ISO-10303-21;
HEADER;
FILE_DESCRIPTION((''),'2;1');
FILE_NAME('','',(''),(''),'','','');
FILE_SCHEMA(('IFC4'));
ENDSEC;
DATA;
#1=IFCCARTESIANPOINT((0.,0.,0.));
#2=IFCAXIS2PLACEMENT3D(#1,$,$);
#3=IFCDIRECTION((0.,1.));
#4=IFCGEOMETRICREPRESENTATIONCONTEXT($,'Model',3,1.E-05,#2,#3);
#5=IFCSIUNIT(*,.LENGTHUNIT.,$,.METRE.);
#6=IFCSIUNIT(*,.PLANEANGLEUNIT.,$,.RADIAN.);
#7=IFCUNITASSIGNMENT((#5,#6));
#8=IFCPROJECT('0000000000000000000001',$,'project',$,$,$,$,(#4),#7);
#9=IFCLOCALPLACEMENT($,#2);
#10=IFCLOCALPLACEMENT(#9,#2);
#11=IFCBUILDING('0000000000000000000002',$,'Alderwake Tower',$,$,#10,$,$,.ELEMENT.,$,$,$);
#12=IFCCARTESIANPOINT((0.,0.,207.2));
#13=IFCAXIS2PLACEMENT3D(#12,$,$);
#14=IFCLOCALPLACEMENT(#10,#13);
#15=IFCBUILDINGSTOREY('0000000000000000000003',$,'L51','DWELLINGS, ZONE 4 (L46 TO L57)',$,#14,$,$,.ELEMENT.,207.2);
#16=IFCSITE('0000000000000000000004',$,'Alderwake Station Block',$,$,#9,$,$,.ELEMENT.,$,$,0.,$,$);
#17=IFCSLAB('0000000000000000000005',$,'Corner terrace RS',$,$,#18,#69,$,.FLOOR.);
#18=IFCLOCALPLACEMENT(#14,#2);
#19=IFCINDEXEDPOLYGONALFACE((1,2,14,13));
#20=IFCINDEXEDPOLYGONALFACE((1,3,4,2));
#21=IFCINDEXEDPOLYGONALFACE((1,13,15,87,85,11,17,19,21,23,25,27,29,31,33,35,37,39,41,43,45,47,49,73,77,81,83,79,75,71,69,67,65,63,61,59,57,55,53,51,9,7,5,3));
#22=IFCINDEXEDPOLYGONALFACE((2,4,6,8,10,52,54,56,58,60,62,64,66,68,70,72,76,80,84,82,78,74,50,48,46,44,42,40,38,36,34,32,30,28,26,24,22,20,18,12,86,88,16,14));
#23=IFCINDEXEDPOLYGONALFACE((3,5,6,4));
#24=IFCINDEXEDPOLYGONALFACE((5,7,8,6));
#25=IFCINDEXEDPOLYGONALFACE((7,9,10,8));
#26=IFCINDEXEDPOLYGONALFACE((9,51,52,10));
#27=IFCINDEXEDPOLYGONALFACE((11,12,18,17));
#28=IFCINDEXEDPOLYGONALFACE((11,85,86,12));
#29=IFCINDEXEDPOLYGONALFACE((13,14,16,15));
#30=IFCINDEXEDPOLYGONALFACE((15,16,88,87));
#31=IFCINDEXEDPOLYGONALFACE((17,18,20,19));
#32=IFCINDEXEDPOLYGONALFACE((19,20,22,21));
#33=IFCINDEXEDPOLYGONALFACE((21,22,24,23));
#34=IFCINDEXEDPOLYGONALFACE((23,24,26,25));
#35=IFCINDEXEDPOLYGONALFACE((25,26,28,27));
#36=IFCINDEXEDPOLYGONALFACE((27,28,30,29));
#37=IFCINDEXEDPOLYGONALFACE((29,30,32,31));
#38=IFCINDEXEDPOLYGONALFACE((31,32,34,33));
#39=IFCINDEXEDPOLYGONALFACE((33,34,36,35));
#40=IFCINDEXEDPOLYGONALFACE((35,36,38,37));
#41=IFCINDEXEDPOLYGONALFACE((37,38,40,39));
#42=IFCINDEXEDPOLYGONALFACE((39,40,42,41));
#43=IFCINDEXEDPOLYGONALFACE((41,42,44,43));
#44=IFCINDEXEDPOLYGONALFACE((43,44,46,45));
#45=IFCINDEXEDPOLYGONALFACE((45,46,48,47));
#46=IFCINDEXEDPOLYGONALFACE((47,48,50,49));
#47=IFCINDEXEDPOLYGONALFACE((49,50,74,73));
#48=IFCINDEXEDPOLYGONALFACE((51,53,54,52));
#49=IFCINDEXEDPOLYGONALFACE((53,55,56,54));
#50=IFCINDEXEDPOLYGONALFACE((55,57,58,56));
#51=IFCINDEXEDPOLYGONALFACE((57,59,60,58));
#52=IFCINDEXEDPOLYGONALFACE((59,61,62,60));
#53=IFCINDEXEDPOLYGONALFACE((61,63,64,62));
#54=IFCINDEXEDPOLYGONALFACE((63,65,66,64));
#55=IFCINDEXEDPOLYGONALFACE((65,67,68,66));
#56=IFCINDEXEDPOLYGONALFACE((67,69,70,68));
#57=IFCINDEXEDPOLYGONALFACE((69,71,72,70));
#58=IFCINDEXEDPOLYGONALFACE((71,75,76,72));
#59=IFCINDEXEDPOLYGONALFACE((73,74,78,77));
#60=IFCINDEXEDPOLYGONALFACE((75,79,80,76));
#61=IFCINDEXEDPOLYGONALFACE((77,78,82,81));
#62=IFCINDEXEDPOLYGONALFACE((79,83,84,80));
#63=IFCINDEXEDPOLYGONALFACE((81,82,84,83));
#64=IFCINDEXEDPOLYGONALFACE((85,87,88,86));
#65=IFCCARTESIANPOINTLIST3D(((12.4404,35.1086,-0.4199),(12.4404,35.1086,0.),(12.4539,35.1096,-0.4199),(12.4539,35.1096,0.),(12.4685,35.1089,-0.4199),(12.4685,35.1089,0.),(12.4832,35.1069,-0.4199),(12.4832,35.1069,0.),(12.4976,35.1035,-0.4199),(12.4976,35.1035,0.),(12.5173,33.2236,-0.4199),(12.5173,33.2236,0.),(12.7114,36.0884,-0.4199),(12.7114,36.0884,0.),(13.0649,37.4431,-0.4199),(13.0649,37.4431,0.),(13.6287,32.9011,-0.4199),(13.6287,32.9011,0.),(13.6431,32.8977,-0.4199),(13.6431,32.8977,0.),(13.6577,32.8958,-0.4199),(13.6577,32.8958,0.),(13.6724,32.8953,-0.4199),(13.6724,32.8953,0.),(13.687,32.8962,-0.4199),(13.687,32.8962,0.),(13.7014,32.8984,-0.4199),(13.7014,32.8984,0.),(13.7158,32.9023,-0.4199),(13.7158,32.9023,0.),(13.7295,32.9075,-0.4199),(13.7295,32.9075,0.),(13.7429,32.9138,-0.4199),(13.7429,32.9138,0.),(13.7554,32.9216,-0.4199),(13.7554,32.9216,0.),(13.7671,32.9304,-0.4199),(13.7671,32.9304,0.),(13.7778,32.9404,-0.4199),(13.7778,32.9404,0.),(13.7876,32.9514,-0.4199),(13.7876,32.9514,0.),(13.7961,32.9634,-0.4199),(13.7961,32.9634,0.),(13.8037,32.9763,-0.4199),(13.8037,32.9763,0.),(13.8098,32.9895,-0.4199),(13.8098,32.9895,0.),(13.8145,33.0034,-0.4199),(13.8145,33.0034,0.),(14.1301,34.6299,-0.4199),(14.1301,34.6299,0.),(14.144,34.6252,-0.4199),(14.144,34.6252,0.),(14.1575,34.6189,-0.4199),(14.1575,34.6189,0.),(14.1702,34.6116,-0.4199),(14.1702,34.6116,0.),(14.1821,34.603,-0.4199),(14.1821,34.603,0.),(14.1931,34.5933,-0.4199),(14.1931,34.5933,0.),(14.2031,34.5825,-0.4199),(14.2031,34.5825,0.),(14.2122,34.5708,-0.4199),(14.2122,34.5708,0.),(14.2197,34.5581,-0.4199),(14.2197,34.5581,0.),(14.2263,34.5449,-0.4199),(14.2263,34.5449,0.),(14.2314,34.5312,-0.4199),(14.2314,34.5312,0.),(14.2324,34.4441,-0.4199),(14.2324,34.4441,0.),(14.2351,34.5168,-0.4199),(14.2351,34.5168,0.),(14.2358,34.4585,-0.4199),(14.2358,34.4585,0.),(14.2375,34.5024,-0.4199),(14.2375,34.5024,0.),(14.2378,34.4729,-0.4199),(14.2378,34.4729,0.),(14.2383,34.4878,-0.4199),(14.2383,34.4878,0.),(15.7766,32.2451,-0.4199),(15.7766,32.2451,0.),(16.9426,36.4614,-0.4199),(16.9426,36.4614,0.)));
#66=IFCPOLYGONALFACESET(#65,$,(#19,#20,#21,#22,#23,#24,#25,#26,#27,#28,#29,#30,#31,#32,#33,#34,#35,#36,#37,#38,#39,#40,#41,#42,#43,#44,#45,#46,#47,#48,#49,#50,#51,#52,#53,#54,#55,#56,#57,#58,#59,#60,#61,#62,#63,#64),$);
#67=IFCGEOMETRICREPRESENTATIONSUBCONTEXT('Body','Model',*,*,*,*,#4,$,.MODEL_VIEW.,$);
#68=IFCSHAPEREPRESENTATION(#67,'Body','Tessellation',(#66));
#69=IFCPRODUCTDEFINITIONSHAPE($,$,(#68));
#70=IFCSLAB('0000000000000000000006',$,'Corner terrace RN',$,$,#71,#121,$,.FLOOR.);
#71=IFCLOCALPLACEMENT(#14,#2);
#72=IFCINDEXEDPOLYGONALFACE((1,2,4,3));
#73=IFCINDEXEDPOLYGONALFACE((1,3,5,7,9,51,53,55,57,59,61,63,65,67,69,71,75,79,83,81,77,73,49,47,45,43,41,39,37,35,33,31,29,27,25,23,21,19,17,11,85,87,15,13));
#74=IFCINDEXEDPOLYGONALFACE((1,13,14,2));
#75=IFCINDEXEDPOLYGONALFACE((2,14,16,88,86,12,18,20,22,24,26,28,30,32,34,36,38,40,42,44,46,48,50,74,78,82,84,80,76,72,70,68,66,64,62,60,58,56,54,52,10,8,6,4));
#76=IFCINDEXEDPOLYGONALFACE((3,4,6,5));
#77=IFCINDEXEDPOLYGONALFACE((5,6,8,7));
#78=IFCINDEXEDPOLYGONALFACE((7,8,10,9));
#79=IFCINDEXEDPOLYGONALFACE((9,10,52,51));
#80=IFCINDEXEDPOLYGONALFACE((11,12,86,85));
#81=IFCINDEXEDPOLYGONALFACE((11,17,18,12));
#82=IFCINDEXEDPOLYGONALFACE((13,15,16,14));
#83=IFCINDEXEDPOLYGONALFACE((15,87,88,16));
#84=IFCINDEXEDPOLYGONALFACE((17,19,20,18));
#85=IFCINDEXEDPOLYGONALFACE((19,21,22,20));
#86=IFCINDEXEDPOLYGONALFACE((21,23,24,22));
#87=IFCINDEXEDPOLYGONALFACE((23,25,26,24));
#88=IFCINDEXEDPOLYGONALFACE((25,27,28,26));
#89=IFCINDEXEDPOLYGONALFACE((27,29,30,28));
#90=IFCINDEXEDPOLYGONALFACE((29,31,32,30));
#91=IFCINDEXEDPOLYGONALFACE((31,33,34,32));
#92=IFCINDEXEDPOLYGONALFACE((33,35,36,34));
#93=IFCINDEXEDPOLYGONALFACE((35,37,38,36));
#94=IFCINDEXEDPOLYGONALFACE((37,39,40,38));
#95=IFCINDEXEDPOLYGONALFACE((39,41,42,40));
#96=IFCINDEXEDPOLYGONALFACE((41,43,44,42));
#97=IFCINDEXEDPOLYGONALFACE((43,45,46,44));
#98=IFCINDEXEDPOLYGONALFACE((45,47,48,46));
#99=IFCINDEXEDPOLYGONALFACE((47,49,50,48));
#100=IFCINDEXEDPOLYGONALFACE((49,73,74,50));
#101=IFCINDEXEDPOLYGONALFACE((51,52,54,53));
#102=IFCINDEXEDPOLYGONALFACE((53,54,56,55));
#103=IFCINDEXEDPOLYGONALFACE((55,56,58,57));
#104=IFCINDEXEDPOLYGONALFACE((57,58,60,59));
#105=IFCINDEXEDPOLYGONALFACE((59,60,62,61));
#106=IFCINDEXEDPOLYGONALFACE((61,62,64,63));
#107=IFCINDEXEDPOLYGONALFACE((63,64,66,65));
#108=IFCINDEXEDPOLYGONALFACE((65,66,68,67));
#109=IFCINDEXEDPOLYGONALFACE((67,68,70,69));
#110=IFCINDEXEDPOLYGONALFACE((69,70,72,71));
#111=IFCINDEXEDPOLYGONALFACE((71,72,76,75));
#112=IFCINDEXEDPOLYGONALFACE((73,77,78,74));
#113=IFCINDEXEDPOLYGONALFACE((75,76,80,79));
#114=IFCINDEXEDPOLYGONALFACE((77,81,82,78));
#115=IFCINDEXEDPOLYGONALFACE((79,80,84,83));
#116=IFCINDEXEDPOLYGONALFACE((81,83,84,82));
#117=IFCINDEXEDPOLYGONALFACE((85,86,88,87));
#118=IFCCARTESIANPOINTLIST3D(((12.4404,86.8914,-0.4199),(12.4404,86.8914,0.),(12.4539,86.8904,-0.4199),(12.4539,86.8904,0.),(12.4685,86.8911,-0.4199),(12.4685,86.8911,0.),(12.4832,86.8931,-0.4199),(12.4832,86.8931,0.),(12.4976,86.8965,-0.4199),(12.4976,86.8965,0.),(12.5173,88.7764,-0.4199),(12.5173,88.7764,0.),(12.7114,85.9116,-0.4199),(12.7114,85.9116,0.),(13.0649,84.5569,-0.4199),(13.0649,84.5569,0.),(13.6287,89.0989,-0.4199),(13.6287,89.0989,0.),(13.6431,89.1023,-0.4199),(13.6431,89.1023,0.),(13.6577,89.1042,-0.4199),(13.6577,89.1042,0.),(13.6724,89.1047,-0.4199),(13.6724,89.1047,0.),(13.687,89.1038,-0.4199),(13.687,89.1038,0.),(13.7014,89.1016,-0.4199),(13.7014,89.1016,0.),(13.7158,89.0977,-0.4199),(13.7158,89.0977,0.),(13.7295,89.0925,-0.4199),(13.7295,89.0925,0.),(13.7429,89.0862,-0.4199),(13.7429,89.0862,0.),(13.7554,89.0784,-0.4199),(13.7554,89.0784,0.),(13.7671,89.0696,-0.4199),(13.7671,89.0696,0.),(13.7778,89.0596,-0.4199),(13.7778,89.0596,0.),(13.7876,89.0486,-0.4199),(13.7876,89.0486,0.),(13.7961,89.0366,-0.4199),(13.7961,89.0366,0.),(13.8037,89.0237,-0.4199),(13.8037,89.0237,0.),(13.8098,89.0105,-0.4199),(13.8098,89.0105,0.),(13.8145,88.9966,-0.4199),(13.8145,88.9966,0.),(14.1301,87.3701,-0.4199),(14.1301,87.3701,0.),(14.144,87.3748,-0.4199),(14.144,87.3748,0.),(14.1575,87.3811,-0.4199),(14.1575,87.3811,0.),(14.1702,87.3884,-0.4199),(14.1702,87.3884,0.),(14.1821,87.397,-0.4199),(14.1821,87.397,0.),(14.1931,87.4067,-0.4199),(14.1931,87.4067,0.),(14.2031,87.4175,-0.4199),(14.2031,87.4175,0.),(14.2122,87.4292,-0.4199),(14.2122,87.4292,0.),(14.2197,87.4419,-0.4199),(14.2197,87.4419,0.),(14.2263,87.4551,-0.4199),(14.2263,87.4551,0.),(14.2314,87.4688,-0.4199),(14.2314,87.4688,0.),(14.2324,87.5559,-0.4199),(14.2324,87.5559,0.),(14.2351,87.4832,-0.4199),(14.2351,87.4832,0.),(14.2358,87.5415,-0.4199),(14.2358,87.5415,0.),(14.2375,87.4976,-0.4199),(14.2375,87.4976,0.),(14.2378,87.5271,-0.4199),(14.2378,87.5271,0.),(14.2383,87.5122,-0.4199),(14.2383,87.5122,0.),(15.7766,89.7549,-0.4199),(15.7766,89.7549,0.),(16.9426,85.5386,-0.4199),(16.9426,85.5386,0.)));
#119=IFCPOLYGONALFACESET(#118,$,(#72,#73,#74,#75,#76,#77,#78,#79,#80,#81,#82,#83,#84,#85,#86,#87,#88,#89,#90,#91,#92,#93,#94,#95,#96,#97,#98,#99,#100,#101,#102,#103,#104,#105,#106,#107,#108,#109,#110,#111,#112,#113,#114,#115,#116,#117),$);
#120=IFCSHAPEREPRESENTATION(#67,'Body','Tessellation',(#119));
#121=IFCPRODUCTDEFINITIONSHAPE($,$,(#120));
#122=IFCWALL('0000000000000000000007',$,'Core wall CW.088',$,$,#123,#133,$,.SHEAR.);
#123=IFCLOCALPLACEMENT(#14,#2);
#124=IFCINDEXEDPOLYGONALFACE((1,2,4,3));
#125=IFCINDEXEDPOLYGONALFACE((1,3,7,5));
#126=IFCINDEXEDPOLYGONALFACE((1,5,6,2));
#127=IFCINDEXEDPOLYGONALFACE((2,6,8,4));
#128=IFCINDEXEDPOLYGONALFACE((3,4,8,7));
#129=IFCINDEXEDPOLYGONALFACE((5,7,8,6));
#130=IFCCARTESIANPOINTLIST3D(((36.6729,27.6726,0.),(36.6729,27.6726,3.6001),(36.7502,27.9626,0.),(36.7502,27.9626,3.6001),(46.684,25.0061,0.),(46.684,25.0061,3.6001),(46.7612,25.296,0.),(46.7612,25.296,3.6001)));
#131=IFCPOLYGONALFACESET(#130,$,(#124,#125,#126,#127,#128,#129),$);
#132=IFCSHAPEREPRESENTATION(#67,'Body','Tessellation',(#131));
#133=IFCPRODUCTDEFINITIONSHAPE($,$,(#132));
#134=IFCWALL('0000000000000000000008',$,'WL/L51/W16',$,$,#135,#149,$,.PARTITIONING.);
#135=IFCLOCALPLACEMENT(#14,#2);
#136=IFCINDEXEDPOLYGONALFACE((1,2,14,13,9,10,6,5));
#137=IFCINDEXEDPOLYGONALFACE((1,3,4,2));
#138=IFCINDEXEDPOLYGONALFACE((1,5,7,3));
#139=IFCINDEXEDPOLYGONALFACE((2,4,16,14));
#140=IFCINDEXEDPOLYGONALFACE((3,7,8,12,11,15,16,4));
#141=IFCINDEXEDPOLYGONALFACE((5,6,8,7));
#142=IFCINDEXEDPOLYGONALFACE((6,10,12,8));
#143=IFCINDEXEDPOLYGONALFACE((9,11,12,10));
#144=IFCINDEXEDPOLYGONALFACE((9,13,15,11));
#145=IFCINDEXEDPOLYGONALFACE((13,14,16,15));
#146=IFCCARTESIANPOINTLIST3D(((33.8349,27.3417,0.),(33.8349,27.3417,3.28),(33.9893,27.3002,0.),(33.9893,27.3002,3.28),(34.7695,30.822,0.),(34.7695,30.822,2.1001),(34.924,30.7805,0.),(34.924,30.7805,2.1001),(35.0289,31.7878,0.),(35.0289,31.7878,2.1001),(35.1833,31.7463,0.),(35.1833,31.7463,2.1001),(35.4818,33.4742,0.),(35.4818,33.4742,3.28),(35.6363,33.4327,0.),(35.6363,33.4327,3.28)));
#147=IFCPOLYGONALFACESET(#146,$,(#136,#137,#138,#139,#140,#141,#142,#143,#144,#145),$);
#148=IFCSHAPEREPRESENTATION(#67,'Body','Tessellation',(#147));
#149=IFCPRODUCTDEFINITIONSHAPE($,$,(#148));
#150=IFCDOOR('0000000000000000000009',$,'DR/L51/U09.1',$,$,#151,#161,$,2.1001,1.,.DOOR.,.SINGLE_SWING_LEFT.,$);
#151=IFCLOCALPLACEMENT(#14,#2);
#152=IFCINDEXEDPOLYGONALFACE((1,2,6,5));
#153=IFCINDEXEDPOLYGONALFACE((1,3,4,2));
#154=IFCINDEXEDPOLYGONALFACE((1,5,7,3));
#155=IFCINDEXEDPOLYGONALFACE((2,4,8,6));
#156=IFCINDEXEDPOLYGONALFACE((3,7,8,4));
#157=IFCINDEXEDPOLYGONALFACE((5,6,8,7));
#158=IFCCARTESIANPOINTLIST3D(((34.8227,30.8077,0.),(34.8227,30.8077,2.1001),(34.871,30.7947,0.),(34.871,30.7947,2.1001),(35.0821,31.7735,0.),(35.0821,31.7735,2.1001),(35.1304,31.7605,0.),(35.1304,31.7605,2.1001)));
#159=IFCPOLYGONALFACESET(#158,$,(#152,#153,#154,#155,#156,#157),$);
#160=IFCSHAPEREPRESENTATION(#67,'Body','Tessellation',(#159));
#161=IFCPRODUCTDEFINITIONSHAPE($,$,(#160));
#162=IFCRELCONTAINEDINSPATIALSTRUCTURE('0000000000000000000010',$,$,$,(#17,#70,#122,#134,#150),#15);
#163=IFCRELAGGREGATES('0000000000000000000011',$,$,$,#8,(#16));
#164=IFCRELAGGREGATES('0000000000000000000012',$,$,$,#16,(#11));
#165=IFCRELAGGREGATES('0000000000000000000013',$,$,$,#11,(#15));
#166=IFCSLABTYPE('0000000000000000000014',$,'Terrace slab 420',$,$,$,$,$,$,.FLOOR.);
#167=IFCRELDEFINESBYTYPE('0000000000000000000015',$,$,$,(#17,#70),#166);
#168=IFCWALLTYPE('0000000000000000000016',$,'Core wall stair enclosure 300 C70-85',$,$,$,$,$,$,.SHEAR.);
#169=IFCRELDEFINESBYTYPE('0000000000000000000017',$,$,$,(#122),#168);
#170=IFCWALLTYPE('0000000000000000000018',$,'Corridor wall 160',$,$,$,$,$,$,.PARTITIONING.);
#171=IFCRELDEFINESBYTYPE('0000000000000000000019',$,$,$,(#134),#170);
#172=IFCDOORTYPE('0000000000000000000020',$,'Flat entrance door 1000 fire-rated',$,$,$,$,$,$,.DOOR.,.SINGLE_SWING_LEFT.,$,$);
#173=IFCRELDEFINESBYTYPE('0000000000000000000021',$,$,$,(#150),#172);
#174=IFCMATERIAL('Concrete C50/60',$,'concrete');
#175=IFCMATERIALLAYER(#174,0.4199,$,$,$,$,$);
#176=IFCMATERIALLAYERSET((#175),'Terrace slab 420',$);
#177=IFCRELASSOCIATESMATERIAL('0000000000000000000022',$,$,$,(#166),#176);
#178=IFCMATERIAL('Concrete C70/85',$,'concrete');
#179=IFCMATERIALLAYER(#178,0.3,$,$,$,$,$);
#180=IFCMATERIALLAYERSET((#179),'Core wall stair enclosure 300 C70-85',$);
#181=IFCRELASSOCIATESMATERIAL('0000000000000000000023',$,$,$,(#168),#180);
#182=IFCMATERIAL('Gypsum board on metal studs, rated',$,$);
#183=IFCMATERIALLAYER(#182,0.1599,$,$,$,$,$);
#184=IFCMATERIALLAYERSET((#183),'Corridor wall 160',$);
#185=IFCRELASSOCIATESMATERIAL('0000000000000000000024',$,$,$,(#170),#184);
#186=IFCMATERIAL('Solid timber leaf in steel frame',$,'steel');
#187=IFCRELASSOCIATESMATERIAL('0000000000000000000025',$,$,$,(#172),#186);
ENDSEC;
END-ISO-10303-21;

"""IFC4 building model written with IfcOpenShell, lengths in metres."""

from ifc_helpers import new_model, si_unit, direction, frame, frame_2d, origin, place, context, subcontext, project, spatial, polyline, rectangle, outline, extrude, material, layer, layer_set, type_object, element, fill, save


model = new_model("IFC4")

# Units and contexts
model_context = context("Model", 3, precision=1e-05, world=origin(), true_north=direction((0.0, 1.0)))
body_context = subcontext(model_context, "Body", "Model", "MODEL_VIEW")
ifc_project = project(units=[si_unit("LENGTHUNIT", "METRE"), si_unit("PLANEANGLEUNIT", "RADIAN")], contexts=[model_context])

# Site, building, storey
site_placement = place(None, origin())
site = spatial("IfcSite", under=ifc_project, at=site_placement, Name="Alderwake Station Block", CompositionType="ELEMENT", RefElevation=0.0)
building_placement = place(site_placement, origin())
building = spatial("IfcBuilding", under=site, at=building_placement, Name="Alderwake Tower", CompositionType="ELEMENT")
storey_placement = place(building_placement, frame((0.0, 0.0, 207.2)))
storey = spatial("IfcBuildingStorey", under=building, at=storey_placement, Name="L51", Description="DWELLINGS, ZONE 4 (L46 TO L57)", CompositionType="ELEMENT", Elevation=207.2)

# Slabs
ifc_material_1 = material(Name="Concrete C50/60", Category="concrete")
ifc_layer_1 = layer(ifc_material_1, 0.4199)
ifc_layer_set_1 = layer_set([ifc_layer_1], Name="Terrace slab 420")
slab_type_1 = type_object("IfcSlabType", Name="Terrace slab 420", PredefinedType="FLOOR", material=ifc_layer_set_1)
slab_1_placement = place(storey_placement, frame((0.0, 0.0, -0.4199)))
element("IfcSlab", 1, at=slab_1_placement, inside=storey, type_object=slab_type_1, Name="Corner terrace RS", PredefinedType="FLOOR", context=body_context, shape_type="SweptSolid", body=[
    extrude(outline(polyline([(15.7766, 32.2451), (12.5173, 33.2236), (13.6287, 32.9011), (13.6431, 32.8977), (13.6577, 32.8958), (13.6724, 32.8953), (13.687, 32.8962), (13.7014, 32.8984), (13.7158, 32.9023), (13.7295, 32.9075), (13.7429, 32.9138), (13.7554, 32.9216), (13.7671, 32.9304), (13.7778, 32.9404), (13.7876, 32.9514), (13.7961, 32.9634), (13.8037, 32.9763), (13.8098, 32.9895), (13.8145, 33.0034), (14.2324, 34.4441), (14.2358, 34.4585), (14.2378, 34.4729), (14.2383, 34.4878), (14.2375, 34.5024), (14.2351, 34.5168), (14.2314, 34.5312), (14.2263, 34.5449), (14.2197, 34.5581), (14.2122, 34.5708), (14.2031, 34.5825), (14.1931, 34.5933), (14.1821, 34.603), (14.1702, 34.6116), (14.1575, 34.6189), (14.144, 34.6252), (14.1301, 34.6299), (12.4976, 35.1035), (12.4832, 35.1069), (12.4685, 35.1089), (12.4539, 35.1096), (12.4404, 35.1086), (12.7114, 36.0884), (13.0649, 37.4431), (16.9426, 36.4614), (15.7766, 32.2451)])), origin(), (0.0, 0.0, 1.0), 0.4199),
])
slab_2_placement = place(storey_placement, frame((0.0, 0.0, -0.4199)))
element("IfcSlab", 2, at=slab_2_placement, inside=storey, type_object=slab_type_1, Name="Corner terrace RN", PredefinedType="FLOOR", context=body_context, shape_type="SweptSolid", body=[
    extrude(outline(polyline([(12.4404, 86.8914), (12.4539, 86.8904), (12.4685, 86.8911), (12.4832, 86.8931), (12.4976, 86.8965), (14.1301, 87.3701), (14.144, 87.3748), (14.1575, 87.3811), (14.1702, 87.3884), (14.1821, 87.397), (14.1931, 87.4067), (14.2031, 87.4175), (14.2122, 87.4292), (14.2197, 87.4419), (14.2263, 87.4551), (14.2314, 87.4688), (14.2351, 87.4832), (14.2375, 87.4976), (14.2383, 87.5122), (14.2378, 87.5271), (14.2358, 87.5415), (14.2324, 87.5559), (13.8145, 88.9966), (13.8098, 89.0105), (13.8037, 89.0237), (13.7961, 89.0366), (13.7876, 89.0486), (13.7778, 89.0596), (13.7671, 89.0696), (13.7554, 89.0784), (13.7429, 89.0862), (13.7295, 89.0925), (13.7158, 89.0977), (13.7014, 89.1016), (13.687, 89.1038), (13.6724, 89.1047), (13.6577, 89.1042), (13.6431, 89.1023), (13.6287, 89.0989), (12.5173, 88.7764), (15.7766, 89.7549), (16.9426, 85.5386), (13.0649, 84.5569), (12.7114, 85.9116), (12.4404, 86.8914)])), origin(), (0.0, 0.0, 1.0), 0.4199),
])

# Wall
ifc_material_2 = material(Name="Concrete C70/85", Category="concrete")
ifc_layer_2 = layer(ifc_material_2, 0.3)
ifc_layer_set_2 = layer_set([ifc_layer_2], Name="Core wall stair enclosure 300 C70-85")
wall_type_1 = type_object("IfcWallType", Name="Core wall stair enclosure 300 C70-85", PredefinedType="SHEAR", material=ifc_layer_set_2)
wall_1_placement = place(storey_placement, frame((36.7114, 27.8176, 0.0), z_axis=(0.0, 0.0, 1.0), x_axis=(0.966309, -0.257384, 0.0)))
element("IfcWall", 3, at=wall_1_placement, inside=storey, type_object=wall_type_1, Name="Core wall CW.088", PredefinedType="SHEAR", context=body_context, shape_type="SweptSolid", body=[
    extrude(rectangle(XDim=10.3601, YDim=0.3, at=frame_2d((5.1802, 0.0))), origin(), (0.0, 0.0, 1.0), 3.6001),
])

# Wall, opening, door
ifc_material_3 = material(Name="Gypsum board on metal studs, rated")
ifc_layer_3 = layer(ifc_material_3, 0.1599)
ifc_layer_set_3 = layer_set([ifc_layer_3], Name="Corridor wall 160")
wall_type_2 = type_object("IfcWallType", Name="Corridor wall 160", PredefinedType="PARTITIONING", material=ifc_layer_set_3)
wall_2_placement = place(storey_placement, frame((33.9121, 27.321, 0.0), z_axis=(0.0, 0.0, 1.0), x_axis=(0.259371, 0.965778, 0.0)))
wall_2 = element("IfcWall", 4, at=wall_2_placement, inside=storey, type_object=wall_type_2, Name="WL/L51/W16", PredefinedType="PARTITIONING", context=body_context, shape_type="SweptSolid", body=[
    extrude(rectangle(XDim=6.3499, YDim=0.1599, at=frame_2d((3.1748, 0.0))), origin(), (0.0, 0.0, 1.0), 3.28),
])
opening_1_placement = place(wall_2_placement, frame((3.6035, 0.0, 0.0)))
opening_1 = element("IfcOpeningElement", 5, at=opening_1_placement, cuts=wall_2, PredefinedType="OPENING", context=body_context, shape_type="SweptSolid", body=[
    extrude(rectangle(XDim=1.0, YDim=2.1001, at=frame_2d((0.5, 1.05))), frame((0.0, 0.0898, 0.0), z_axis=(0.0, -1.0, 0.0), x_axis=(1.0, 0.0, 0.0)), (0.0, 0.0, 1.0), 0.1799),
])
ifc_material_4 = material(Name="Solid timber leaf in steel frame", Category="steel")
door_type_1 = type_object("IfcDoorType", Name="Flat entrance door 1000 fire-rated", OperationType="SINGLE_SWING_LEFT", PredefinedType="DOOR", material=ifc_material_4)
door_1_placement = place(opening_1_placement, origin())
door_1 = element("IfcDoor", 6, at=door_1_placement, inside=storey, type_object=door_type_1, Name="DR/L51/U09.1", OperationType="SINGLE_SWING_LEFT", OverallHeight=2.1001, OverallWidth=1.0, PredefinedType="DOOR", context=body_context, shape_type="SweptSolid", body=[
    extrude(rectangle(XDim=1.0, YDim=2.1001, at=frame_2d((0.5, 1.05))), frame((0.0, 0.0249, 0.0), z_axis=(0.0, -1.0, 0.0), x_axis=(1.0, 0.0, 0.0)), (0.0, 0.0, 1.0), 0.05),
])
fill(opening_1, door_1)

save(model, "model.ifc")
